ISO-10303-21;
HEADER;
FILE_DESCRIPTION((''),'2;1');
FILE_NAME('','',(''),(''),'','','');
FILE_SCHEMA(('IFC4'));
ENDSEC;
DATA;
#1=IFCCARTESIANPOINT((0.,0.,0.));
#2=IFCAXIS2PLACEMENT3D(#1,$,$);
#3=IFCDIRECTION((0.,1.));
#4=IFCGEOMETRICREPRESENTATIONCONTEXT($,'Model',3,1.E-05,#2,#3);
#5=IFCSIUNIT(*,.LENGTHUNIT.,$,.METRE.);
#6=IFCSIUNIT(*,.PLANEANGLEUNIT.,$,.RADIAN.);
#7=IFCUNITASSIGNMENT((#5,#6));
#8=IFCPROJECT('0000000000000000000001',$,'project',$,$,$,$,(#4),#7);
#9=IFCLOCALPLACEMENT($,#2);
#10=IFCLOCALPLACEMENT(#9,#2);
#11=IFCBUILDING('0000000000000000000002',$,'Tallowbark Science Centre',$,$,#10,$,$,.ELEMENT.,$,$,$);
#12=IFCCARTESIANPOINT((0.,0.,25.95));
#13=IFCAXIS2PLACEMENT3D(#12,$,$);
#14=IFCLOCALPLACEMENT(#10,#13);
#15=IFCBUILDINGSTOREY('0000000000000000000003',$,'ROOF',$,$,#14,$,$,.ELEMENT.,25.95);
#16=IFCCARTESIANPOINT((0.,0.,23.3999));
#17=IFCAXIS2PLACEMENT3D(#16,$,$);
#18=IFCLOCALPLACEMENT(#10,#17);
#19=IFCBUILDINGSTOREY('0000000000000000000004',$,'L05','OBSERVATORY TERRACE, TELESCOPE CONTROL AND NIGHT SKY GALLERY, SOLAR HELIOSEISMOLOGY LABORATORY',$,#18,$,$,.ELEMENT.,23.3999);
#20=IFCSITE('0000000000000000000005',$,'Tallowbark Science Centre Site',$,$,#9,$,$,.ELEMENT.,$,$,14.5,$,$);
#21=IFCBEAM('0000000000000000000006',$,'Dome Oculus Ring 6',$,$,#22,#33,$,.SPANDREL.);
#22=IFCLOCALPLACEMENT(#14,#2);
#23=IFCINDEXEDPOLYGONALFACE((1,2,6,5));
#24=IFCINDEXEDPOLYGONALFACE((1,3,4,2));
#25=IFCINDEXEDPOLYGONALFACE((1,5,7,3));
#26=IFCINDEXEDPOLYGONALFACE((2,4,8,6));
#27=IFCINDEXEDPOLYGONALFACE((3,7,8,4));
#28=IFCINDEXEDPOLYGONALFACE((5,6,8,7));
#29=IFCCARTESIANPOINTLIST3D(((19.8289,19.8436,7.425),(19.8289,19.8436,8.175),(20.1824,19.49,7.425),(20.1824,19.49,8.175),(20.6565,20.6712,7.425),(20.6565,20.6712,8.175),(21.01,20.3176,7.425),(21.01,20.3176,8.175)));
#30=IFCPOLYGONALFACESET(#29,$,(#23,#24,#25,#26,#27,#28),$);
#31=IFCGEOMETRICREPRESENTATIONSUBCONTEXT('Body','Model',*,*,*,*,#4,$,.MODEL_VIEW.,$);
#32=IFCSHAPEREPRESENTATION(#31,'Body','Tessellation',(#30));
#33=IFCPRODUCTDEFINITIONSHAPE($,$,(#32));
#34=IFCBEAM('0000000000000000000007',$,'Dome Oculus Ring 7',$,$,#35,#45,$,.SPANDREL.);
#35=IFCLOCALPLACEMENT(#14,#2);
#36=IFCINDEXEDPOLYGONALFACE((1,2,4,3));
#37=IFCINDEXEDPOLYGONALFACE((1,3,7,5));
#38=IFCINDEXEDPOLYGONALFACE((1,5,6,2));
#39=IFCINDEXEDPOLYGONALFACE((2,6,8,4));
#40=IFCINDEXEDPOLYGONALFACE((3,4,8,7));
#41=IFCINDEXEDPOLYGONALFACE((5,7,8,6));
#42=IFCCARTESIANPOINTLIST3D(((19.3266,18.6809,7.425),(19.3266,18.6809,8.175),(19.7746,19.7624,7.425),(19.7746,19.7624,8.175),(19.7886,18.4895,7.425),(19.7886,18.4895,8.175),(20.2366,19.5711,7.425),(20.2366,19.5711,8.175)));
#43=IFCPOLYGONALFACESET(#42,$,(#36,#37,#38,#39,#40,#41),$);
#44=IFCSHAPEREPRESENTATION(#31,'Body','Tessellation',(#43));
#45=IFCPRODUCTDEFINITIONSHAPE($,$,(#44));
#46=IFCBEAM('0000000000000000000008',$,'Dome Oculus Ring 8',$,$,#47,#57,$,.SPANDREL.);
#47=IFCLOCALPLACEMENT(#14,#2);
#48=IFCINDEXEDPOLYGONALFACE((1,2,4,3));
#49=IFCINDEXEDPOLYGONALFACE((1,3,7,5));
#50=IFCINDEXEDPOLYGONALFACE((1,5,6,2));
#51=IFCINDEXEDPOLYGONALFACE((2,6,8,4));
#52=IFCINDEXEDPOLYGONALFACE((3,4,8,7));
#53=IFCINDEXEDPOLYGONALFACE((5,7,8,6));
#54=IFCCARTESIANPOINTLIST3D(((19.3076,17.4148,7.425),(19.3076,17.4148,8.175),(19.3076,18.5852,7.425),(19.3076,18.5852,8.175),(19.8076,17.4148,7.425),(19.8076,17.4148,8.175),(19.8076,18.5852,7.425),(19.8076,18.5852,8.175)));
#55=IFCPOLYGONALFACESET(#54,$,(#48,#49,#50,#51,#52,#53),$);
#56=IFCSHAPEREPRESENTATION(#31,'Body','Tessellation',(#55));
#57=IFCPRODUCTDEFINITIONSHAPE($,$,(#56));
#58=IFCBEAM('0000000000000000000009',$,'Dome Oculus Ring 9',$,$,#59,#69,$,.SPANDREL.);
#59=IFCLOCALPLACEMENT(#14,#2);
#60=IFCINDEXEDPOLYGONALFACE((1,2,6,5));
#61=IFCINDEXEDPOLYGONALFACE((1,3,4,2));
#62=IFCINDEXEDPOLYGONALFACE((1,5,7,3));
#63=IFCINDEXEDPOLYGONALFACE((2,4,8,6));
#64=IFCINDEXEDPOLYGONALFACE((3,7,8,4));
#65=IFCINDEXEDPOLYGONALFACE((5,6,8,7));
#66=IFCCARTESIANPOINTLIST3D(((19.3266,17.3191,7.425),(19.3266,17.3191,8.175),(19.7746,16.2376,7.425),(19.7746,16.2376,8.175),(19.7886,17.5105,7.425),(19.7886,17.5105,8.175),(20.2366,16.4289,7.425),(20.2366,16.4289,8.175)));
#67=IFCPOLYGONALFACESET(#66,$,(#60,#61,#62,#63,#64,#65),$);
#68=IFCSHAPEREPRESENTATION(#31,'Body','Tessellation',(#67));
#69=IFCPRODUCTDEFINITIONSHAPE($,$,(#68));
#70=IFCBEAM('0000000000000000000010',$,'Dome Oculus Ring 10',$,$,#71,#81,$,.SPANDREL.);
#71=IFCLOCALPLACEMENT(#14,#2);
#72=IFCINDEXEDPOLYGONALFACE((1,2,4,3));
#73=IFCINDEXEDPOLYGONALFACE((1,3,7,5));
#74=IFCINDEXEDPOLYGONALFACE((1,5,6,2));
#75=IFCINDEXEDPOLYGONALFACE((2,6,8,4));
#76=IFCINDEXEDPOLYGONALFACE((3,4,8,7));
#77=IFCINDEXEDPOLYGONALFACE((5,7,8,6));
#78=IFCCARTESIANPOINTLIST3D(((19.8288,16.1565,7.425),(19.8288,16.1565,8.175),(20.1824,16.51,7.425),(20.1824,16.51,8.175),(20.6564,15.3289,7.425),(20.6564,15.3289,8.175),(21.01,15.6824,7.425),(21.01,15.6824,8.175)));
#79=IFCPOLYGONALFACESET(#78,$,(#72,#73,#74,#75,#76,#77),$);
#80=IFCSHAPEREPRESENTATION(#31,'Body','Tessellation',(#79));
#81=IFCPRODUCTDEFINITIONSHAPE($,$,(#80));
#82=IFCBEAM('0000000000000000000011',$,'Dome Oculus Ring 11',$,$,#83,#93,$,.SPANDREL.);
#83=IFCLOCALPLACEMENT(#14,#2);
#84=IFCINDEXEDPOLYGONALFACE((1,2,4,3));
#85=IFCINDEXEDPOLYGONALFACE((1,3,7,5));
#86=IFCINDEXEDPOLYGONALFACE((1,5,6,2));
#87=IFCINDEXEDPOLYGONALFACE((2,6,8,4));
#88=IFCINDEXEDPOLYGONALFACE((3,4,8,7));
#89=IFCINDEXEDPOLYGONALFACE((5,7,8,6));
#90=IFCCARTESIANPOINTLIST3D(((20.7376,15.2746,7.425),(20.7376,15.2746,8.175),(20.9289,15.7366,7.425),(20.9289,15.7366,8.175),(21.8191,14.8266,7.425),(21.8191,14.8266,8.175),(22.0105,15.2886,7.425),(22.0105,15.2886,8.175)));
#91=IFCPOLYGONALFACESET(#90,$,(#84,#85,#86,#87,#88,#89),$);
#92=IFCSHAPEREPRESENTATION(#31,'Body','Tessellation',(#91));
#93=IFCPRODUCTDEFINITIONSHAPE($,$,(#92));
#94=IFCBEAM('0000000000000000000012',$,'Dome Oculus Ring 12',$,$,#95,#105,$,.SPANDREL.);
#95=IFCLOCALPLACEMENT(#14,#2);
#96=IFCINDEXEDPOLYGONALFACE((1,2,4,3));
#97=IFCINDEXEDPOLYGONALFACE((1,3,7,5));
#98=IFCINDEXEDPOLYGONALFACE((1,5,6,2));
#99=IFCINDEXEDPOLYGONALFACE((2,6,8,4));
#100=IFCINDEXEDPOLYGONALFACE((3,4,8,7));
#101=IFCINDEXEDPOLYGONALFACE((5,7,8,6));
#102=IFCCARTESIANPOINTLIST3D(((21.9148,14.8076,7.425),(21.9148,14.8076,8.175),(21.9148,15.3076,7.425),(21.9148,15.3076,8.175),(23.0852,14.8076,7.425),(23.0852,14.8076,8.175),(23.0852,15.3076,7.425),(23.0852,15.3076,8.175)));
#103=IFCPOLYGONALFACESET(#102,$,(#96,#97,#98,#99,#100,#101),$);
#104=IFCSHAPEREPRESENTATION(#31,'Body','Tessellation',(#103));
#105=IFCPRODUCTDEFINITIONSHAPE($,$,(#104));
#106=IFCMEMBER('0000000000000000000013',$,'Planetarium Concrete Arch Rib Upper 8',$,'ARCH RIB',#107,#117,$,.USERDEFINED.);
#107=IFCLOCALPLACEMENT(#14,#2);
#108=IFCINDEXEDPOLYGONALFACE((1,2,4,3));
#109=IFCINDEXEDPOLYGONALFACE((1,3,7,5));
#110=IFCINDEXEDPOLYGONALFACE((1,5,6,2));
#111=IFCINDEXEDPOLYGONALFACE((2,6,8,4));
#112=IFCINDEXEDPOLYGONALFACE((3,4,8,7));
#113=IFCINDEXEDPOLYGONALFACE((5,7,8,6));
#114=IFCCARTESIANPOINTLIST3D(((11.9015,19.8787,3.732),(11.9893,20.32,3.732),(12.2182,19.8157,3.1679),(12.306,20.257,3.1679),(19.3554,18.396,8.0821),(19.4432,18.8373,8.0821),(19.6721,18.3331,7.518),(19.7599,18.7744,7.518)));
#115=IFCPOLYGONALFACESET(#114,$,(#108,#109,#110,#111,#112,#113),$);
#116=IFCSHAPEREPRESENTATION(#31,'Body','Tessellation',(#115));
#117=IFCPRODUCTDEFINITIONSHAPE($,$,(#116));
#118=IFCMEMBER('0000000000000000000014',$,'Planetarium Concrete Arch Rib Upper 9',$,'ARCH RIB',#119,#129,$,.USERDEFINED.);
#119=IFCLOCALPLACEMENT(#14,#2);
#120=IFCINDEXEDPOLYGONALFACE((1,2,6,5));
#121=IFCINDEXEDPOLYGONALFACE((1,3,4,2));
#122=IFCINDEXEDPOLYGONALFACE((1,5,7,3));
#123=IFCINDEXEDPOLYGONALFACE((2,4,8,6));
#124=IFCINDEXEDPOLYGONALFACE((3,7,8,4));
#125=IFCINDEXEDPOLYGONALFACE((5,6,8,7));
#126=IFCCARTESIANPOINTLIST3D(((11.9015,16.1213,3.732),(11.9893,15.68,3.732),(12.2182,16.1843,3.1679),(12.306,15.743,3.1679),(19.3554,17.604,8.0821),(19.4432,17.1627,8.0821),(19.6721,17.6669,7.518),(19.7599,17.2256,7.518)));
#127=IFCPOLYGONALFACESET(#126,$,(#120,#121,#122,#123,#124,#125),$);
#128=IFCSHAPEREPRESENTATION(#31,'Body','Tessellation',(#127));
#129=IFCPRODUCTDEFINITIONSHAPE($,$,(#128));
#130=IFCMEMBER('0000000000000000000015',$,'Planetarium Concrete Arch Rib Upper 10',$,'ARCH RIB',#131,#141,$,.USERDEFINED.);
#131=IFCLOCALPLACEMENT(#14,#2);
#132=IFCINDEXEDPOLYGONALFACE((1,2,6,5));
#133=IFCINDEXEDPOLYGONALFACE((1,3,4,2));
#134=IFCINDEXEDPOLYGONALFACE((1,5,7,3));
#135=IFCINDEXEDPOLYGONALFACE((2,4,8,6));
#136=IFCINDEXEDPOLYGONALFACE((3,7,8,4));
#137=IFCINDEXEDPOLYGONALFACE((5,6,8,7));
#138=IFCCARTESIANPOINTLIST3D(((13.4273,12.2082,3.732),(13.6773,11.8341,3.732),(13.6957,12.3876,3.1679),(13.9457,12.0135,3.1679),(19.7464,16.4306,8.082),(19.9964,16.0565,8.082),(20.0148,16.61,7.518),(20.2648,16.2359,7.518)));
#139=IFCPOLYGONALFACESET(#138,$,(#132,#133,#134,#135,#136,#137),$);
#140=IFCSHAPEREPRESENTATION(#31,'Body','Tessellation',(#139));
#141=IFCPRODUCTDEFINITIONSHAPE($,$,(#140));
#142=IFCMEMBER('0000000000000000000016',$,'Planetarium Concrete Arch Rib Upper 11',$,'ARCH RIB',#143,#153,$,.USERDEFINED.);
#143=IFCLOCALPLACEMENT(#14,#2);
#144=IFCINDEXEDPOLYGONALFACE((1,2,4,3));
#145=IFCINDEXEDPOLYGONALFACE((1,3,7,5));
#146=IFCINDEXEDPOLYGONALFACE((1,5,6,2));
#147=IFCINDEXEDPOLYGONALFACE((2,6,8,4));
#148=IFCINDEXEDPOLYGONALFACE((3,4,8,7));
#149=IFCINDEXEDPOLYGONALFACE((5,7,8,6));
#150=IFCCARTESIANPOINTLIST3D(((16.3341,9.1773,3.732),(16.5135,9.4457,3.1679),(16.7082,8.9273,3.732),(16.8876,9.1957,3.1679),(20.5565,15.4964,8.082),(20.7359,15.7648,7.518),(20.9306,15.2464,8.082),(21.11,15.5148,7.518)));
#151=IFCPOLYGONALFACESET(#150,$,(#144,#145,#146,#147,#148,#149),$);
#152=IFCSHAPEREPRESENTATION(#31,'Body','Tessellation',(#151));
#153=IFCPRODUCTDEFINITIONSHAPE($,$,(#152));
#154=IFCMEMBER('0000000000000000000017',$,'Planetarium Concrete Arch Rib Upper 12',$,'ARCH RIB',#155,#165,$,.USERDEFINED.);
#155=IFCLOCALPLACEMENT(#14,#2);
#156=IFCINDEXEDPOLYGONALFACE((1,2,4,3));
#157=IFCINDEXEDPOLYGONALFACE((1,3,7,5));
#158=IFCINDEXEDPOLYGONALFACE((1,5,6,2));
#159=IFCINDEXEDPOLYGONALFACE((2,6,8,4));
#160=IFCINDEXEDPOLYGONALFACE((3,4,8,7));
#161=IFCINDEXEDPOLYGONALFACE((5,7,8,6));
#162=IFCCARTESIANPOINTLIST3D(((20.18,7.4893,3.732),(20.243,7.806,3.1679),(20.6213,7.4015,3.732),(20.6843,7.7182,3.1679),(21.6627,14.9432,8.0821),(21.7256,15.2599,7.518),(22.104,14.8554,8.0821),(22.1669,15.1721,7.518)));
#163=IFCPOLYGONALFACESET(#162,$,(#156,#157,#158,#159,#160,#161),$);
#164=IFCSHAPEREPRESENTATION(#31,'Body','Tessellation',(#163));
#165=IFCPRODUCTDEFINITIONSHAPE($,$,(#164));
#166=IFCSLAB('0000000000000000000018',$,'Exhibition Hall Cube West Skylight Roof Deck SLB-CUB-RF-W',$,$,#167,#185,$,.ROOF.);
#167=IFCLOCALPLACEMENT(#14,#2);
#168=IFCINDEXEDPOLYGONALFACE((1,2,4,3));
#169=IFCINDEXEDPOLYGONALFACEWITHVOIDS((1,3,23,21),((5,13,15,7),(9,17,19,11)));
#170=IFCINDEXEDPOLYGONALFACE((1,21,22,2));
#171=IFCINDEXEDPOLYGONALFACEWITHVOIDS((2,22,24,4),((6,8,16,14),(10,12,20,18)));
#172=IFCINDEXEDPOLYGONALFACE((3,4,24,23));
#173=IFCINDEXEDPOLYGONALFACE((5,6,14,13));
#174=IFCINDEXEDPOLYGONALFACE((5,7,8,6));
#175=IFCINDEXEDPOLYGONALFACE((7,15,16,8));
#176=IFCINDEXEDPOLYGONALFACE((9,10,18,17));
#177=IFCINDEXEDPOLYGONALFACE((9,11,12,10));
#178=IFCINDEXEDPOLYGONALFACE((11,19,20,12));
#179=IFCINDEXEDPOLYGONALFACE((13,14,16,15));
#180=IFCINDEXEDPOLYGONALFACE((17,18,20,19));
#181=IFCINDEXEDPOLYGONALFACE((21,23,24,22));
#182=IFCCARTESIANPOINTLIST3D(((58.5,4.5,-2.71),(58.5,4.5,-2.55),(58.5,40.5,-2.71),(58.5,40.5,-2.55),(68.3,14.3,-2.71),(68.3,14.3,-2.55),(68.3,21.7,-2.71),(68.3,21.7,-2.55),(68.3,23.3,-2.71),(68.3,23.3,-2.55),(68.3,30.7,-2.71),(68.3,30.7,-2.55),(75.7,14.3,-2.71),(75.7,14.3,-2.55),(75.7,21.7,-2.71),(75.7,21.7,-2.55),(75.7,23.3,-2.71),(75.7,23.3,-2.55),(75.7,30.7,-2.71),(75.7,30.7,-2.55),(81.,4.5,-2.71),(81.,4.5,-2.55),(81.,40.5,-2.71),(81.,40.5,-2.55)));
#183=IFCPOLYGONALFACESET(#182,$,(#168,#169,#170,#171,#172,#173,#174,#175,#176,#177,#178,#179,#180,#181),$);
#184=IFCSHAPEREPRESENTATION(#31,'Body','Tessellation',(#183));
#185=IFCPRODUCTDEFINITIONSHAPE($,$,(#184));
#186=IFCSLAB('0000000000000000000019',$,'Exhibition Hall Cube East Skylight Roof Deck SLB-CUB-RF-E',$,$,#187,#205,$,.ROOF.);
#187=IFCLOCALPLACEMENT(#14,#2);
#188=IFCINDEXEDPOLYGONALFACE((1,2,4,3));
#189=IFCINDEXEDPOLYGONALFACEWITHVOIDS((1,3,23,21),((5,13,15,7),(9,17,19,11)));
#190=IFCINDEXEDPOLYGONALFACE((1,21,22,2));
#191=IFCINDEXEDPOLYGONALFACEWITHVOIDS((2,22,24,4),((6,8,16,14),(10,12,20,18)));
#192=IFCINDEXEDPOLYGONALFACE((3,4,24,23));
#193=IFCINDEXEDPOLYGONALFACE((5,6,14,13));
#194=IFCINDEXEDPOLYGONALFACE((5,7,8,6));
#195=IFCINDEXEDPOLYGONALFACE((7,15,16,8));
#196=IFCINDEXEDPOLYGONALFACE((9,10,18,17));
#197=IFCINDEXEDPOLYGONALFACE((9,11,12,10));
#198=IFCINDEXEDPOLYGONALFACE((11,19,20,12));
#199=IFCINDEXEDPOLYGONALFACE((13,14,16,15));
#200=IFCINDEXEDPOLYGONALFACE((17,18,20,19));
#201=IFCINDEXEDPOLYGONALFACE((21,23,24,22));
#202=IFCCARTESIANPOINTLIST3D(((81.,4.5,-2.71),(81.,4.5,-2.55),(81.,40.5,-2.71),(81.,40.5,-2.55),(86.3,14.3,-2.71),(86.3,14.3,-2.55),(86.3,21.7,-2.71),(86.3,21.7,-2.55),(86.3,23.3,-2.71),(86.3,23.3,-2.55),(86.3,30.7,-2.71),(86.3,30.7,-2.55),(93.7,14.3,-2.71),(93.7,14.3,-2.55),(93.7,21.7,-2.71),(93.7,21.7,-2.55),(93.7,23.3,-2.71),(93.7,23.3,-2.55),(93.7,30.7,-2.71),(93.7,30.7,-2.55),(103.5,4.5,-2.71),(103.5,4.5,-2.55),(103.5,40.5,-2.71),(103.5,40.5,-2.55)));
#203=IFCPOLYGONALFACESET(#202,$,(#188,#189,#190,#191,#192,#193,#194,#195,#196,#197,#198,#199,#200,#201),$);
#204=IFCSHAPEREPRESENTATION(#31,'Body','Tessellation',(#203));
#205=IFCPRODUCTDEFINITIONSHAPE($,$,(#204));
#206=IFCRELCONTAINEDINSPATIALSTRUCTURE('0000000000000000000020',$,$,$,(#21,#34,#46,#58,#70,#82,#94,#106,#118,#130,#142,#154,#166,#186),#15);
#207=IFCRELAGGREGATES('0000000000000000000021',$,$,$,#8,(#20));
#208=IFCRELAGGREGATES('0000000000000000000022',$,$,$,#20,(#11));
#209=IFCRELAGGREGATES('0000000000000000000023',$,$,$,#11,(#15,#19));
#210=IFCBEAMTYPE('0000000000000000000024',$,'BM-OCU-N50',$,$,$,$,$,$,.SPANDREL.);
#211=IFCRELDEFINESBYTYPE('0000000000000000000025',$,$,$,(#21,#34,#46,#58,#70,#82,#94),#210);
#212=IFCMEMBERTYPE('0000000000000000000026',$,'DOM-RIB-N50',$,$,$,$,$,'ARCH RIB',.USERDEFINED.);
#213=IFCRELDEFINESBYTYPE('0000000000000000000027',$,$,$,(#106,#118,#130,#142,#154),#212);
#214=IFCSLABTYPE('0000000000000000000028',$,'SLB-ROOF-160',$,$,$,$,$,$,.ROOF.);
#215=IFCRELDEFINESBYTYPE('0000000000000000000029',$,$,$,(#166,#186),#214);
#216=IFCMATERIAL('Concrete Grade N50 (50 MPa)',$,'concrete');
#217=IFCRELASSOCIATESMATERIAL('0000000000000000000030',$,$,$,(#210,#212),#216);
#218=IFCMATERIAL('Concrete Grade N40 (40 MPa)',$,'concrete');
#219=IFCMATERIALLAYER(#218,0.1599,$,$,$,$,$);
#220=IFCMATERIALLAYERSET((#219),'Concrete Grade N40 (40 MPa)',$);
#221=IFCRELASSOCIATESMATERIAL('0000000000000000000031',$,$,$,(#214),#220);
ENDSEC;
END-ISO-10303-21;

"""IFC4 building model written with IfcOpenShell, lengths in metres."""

from ifc_helpers import new_model, si_unit, direction, frame, origin, origin_2d, place, context, subcontext, project, spatial, polyline, rectangle, outline, extrude, material, layer, layer_set, material_profile, profile_set, type_object, element, save


model = new_model("IFC4")

# Units and contexts
model_context = context("Model", 3, precision=1e-05, world=origin(), true_north=direction((0.0, 1.0)))
body_context = subcontext(model_context, "Body", "Model", "MODEL_VIEW")
ifc_project = project(units=[si_unit("LENGTHUNIT", "METRE"), si_unit("PLANEANGLEUNIT", "RADIAN")], contexts=[model_context])

# Site, building, storey
site_placement = place(None, origin())
site = spatial("IfcSite", under=ifc_project, at=site_placement, Name="Tallowbark Science Centre Site", CompositionType="ELEMENT", RefElevation=14.5)
building_placement = place(site_placement, origin())
building = spatial("IfcBuilding", under=site, at=building_placement, Name="Tallowbark Science Centre", CompositionType="ELEMENT")
storey_1_placement = place(building_placement, frame((0.0, 0.0, 25.95)))
storey_1 = spatial("IfcBuildingStorey", under=building, at=storey_1_placement, Name="ROOF", CompositionType="ELEMENT", Elevation=25.95)

# Beams
ifc_material_1 = material(Name="Concrete Grade N50 (50 MPa)", Category="concrete")
ifc_material_profile_1 = material_profile(ifc_material_1, rectangle(XDim=0.5, YDim=0.75, at=origin_2d()), Name="RC500x750")
ifc_profile_set_1 = profile_set([ifc_material_profile_1], Name="Concrete Grade N50 (50 MPa)")
beam_type = type_object("IfcBeamType", Name="BM-OCU-N50", PredefinedType="SPANDREL", material=ifc_profile_set_1)
beam_1_placement = place(storey_1_placement, frame((20.8333, 20.4944, 7.8), z_axis=(-0.707107, -0.707107, 0.0), x_axis=(0.707107, -0.707107, 0.0)))
element("IfcBeam", 1, at=beam_1_placement, inside=storey_1, type_object=beam_type, Name="Dome Oculus Ring 6", PredefinedType="SPANDREL", context=body_context, shape_type="SweptSolid", body=[
    extrude(rectangle(XDim=0.5, YDim=0.75, at=origin_2d()), origin(), (0.0, 0.0, 1.0), 1.1704),
])
beam_2_placement = place(storey_1_placement, frame((20.0056, 19.6667, 7.8), z_axis=(-0.382689, -0.923877, 0.0), x_axis=(0.923877, -0.382689, 0.0)))
element("IfcBeam", 2, at=beam_2_placement, inside=storey_1, type_object=beam_type, Name="Dome Oculus Ring 7", PredefinedType="SPANDREL", context=body_context, shape_type="SweptSolid", body=[
    extrude(rectangle(XDim=0.5, YDim=0.75, at=origin_2d()), origin(), (0.0, 0.0, 1.0), 1.1707),
])
beam_3_placement = place(storey_1_placement, frame((19.5576, 18.5852, 7.8), z_axis=(0.0, -1.0, 0.0), x_axis=(1.0, 0.0, 0.0)))
element("IfcBeam", 3, at=beam_3_placement, inside=storey_1, type_object=beam_type, Name="Dome Oculus Ring 8", PredefinedType="SPANDREL", context=body_context, shape_type="SweptSolid", body=[
    extrude(rectangle(XDim=0.5, YDim=0.75, at=origin_2d()), origin(), (0.0, 0.0, 1.0), 1.1704),
])
beam_4_placement = place(storey_1_placement, frame((19.5576, 17.4148, 7.8), z_axis=(0.382689, -0.923877, 0.0), x_axis=(0.923877, 0.382689, 0.0)))
element("IfcBeam", 4, at=beam_4_placement, inside=storey_1, type_object=beam_type, Name="Dome Oculus Ring 9", PredefinedType="SPANDREL", context=body_context, shape_type="SweptSolid", body=[
    extrude(rectangle(XDim=0.5, YDim=0.75, at=origin_2d()), origin(), (0.0, 0.0, 1.0), 1.1707),
])
beam_5_placement = place(storey_1_placement, frame((20.0056, 16.3333, 7.8), z_axis=(0.707107, -0.707107, 0.0), x_axis=(0.707107, 0.707107, 0.0)))
element("IfcBeam", 5, at=beam_5_placement, inside=storey_1, type_object=beam_type, Name="Dome Oculus Ring 10", PredefinedType="SPANDREL", context=body_context, shape_type="SweptSolid", body=[
    extrude(rectangle(XDim=0.5, YDim=0.75, at=origin_2d()), origin(), (0.0, 0.0, 1.0), 1.1704),
])
beam_6_placement = place(storey_1_placement, frame((20.8333, 15.5056, 7.8), z_axis=(0.923877, -0.382689, 0.0), x_axis=(0.382689, 0.923877, 0.0)))
element("IfcBeam", 6, at=beam_6_placement, inside=storey_1, type_object=beam_type, Name="Dome Oculus Ring 11", PredefinedType="SPANDREL", context=body_context, shape_type="SweptSolid", body=[
    extrude(rectangle(XDim=0.5, YDim=0.75, at=origin_2d()), origin(), (0.0, 0.0, 1.0), 1.1707),
])
beam_7_placement = place(storey_1_placement, frame((21.9148, 15.0576, 7.8), z_axis=(1.0, 0.0, 0.0), x_axis=(0.0, 1.0, 0.0)))
element("IfcBeam", 7, at=beam_7_placement, inside=storey_1, type_object=beam_type, Name="Dome Oculus Ring 12", PredefinedType="SPANDREL", context=body_context, shape_type="SweptSolid", body=[
    extrude(rectangle(XDim=0.5, YDim=0.75, at=origin_2d()), origin(), (0.0, 0.0, 1.0), 1.1704),
])

# Members
ifc_material_profile_2 = material_profile(ifc_material_1, rectangle(XDim=0.45, YDim=0.6499, at=origin_2d()), Name="RC450x650")
ifc_profile_set_2 = profile_set([ifc_material_profile_2], Name="Concrete Grade N50 (50 MPa)")
member_type = type_object("IfcMemberType", Name="DOM-RIB-N50", ElementType="ARCH RIB", PredefinedType="USERDEFINED", material=ifc_profile_set_2)
for number, where, z_axis, x_axis, name in (
    (8, (12.1038, 20.0679, 3.45), (0.851207, -0.169316, 0.496768), (0.195091, 0.980785, 0.0), "Planetarium Concrete Arch Rib Upper 8"),
    (9, (12.1038, 15.9321, 3.45), (0.851207, 0.169316, 0.496768), (-0.195091, 0.980785, 0.0), "Planetarium Concrete Arch Rib Upper 9"),
    (10, (13.6865, 12.1108, 3.45), (0.721614, 0.482182, 0.496763), (-0.555582, 0.831462, 0.0), "Planetarium Concrete Arch Rib Upper 10"),
    (11, (16.6108, 9.1865, 3.45), (0.482182, 0.721614, 0.496763), (-0.831462, 0.555582, 0.0), "Planetarium Concrete Arch Rib Upper 11"),
    (12, (20.4321, 7.6038, 3.45), (0.169316, 0.851207, 0.496768), (-0.980785, 0.195091, 0.0), "Planetarium Concrete Arch Rib Upper 12"),
):
    element("IfcMember", number, at=place(storey_1_placement, frame(where, z_axis=z_axis, x_axis=x_axis)), inside=storey_1, type_object=member_type, Name=name, ObjectType="ARCH RIB", PredefinedType="USERDEFINED", context=body_context, shape_type="SweptSolid", body=[
        extrude(rectangle(XDim=0.45, YDim=0.6499, at=origin_2d()), origin(), (0.0, 0.0, 1.0), 8.7568),
    ])

# Slabs
ifc_material_2 = material(Name="Concrete Grade N40 (40 MPa)", Category="concrete")
ifc_layer = layer(ifc_material_2, 0.1599)
ifc_layer_set = layer_set([ifc_layer], Name="Concrete Grade N40 (40 MPa)")
slab_type = type_object("IfcSlabType", Name="SLB-ROOF-160", PredefinedType="ROOF", material=ifc_layer_set)
slab_1_placement = place(storey_1_placement, frame((0.0, 0.0, -2.71)))
element("IfcSlab", 13, at=slab_1_placement, inside=storey_1, type_object=slab_type, Name="Exhibition Hall Cube West Skylight Roof Deck SLB-CUB-RF-W", PredefinedType="ROOF", context=body_context, shape_type="SweptSolid", body=[
    extrude(outline(polyline([(58.5, 4.5), (81.0, 4.5), (81.0, 40.5), (58.5, 40.5), (58.5, 4.5)]), holes=[polyline([(68.3, 14.3), (75.7, 14.3), (75.7, 21.7), (68.3, 21.7), (68.3, 14.3)]), polyline([(68.3, 23.3), (75.7, 23.3), (75.7, 30.7), (68.3, 30.7), (68.3, 23.3)])]), origin(), (0.0, 0.0, 1.0), 0.1599),
])
slab_2_placement = place(storey_1_placement, frame((0.0, 0.0, -2.71)))
element("IfcSlab", 14, at=slab_2_placement, inside=storey_1, type_object=slab_type, Name="Exhibition Hall Cube East Skylight Roof Deck SLB-CUB-RF-E", PredefinedType="ROOF", context=body_context, shape_type="SweptSolid", body=[
    extrude(outline(polyline([(81.0, 4.5), (103.5, 4.5), (103.5, 40.5), (81.0, 40.5), (81.0, 4.5)]), holes=[polyline([(86.3, 14.3), (93.7, 14.3), (93.7, 21.7), (86.3, 21.7), (86.3, 14.3)]), polyline([(86.3, 23.3), (93.7, 23.3), (93.7, 30.7), (86.3, 30.7), (86.3, 23.3)])]), origin(), (0.0, 0.0, 1.0), 0.1599),
])

# Shared definitions
storey_2_placement = place(building_placement, frame((0.0, 0.0, 23.3999)))
storey_2 = spatial("IfcBuildingStorey", under=building, at=storey_2_placement, Name="L05", Description="OBSERVATORY TERRACE, TELESCOPE CONTROL AND NIGHT SKY GALLERY, SOLAR HELIOSEISMOLOGY LABORATORY", CompositionType="ELEMENT", Elevation=23.3999)

save(model, "model.ifc")
